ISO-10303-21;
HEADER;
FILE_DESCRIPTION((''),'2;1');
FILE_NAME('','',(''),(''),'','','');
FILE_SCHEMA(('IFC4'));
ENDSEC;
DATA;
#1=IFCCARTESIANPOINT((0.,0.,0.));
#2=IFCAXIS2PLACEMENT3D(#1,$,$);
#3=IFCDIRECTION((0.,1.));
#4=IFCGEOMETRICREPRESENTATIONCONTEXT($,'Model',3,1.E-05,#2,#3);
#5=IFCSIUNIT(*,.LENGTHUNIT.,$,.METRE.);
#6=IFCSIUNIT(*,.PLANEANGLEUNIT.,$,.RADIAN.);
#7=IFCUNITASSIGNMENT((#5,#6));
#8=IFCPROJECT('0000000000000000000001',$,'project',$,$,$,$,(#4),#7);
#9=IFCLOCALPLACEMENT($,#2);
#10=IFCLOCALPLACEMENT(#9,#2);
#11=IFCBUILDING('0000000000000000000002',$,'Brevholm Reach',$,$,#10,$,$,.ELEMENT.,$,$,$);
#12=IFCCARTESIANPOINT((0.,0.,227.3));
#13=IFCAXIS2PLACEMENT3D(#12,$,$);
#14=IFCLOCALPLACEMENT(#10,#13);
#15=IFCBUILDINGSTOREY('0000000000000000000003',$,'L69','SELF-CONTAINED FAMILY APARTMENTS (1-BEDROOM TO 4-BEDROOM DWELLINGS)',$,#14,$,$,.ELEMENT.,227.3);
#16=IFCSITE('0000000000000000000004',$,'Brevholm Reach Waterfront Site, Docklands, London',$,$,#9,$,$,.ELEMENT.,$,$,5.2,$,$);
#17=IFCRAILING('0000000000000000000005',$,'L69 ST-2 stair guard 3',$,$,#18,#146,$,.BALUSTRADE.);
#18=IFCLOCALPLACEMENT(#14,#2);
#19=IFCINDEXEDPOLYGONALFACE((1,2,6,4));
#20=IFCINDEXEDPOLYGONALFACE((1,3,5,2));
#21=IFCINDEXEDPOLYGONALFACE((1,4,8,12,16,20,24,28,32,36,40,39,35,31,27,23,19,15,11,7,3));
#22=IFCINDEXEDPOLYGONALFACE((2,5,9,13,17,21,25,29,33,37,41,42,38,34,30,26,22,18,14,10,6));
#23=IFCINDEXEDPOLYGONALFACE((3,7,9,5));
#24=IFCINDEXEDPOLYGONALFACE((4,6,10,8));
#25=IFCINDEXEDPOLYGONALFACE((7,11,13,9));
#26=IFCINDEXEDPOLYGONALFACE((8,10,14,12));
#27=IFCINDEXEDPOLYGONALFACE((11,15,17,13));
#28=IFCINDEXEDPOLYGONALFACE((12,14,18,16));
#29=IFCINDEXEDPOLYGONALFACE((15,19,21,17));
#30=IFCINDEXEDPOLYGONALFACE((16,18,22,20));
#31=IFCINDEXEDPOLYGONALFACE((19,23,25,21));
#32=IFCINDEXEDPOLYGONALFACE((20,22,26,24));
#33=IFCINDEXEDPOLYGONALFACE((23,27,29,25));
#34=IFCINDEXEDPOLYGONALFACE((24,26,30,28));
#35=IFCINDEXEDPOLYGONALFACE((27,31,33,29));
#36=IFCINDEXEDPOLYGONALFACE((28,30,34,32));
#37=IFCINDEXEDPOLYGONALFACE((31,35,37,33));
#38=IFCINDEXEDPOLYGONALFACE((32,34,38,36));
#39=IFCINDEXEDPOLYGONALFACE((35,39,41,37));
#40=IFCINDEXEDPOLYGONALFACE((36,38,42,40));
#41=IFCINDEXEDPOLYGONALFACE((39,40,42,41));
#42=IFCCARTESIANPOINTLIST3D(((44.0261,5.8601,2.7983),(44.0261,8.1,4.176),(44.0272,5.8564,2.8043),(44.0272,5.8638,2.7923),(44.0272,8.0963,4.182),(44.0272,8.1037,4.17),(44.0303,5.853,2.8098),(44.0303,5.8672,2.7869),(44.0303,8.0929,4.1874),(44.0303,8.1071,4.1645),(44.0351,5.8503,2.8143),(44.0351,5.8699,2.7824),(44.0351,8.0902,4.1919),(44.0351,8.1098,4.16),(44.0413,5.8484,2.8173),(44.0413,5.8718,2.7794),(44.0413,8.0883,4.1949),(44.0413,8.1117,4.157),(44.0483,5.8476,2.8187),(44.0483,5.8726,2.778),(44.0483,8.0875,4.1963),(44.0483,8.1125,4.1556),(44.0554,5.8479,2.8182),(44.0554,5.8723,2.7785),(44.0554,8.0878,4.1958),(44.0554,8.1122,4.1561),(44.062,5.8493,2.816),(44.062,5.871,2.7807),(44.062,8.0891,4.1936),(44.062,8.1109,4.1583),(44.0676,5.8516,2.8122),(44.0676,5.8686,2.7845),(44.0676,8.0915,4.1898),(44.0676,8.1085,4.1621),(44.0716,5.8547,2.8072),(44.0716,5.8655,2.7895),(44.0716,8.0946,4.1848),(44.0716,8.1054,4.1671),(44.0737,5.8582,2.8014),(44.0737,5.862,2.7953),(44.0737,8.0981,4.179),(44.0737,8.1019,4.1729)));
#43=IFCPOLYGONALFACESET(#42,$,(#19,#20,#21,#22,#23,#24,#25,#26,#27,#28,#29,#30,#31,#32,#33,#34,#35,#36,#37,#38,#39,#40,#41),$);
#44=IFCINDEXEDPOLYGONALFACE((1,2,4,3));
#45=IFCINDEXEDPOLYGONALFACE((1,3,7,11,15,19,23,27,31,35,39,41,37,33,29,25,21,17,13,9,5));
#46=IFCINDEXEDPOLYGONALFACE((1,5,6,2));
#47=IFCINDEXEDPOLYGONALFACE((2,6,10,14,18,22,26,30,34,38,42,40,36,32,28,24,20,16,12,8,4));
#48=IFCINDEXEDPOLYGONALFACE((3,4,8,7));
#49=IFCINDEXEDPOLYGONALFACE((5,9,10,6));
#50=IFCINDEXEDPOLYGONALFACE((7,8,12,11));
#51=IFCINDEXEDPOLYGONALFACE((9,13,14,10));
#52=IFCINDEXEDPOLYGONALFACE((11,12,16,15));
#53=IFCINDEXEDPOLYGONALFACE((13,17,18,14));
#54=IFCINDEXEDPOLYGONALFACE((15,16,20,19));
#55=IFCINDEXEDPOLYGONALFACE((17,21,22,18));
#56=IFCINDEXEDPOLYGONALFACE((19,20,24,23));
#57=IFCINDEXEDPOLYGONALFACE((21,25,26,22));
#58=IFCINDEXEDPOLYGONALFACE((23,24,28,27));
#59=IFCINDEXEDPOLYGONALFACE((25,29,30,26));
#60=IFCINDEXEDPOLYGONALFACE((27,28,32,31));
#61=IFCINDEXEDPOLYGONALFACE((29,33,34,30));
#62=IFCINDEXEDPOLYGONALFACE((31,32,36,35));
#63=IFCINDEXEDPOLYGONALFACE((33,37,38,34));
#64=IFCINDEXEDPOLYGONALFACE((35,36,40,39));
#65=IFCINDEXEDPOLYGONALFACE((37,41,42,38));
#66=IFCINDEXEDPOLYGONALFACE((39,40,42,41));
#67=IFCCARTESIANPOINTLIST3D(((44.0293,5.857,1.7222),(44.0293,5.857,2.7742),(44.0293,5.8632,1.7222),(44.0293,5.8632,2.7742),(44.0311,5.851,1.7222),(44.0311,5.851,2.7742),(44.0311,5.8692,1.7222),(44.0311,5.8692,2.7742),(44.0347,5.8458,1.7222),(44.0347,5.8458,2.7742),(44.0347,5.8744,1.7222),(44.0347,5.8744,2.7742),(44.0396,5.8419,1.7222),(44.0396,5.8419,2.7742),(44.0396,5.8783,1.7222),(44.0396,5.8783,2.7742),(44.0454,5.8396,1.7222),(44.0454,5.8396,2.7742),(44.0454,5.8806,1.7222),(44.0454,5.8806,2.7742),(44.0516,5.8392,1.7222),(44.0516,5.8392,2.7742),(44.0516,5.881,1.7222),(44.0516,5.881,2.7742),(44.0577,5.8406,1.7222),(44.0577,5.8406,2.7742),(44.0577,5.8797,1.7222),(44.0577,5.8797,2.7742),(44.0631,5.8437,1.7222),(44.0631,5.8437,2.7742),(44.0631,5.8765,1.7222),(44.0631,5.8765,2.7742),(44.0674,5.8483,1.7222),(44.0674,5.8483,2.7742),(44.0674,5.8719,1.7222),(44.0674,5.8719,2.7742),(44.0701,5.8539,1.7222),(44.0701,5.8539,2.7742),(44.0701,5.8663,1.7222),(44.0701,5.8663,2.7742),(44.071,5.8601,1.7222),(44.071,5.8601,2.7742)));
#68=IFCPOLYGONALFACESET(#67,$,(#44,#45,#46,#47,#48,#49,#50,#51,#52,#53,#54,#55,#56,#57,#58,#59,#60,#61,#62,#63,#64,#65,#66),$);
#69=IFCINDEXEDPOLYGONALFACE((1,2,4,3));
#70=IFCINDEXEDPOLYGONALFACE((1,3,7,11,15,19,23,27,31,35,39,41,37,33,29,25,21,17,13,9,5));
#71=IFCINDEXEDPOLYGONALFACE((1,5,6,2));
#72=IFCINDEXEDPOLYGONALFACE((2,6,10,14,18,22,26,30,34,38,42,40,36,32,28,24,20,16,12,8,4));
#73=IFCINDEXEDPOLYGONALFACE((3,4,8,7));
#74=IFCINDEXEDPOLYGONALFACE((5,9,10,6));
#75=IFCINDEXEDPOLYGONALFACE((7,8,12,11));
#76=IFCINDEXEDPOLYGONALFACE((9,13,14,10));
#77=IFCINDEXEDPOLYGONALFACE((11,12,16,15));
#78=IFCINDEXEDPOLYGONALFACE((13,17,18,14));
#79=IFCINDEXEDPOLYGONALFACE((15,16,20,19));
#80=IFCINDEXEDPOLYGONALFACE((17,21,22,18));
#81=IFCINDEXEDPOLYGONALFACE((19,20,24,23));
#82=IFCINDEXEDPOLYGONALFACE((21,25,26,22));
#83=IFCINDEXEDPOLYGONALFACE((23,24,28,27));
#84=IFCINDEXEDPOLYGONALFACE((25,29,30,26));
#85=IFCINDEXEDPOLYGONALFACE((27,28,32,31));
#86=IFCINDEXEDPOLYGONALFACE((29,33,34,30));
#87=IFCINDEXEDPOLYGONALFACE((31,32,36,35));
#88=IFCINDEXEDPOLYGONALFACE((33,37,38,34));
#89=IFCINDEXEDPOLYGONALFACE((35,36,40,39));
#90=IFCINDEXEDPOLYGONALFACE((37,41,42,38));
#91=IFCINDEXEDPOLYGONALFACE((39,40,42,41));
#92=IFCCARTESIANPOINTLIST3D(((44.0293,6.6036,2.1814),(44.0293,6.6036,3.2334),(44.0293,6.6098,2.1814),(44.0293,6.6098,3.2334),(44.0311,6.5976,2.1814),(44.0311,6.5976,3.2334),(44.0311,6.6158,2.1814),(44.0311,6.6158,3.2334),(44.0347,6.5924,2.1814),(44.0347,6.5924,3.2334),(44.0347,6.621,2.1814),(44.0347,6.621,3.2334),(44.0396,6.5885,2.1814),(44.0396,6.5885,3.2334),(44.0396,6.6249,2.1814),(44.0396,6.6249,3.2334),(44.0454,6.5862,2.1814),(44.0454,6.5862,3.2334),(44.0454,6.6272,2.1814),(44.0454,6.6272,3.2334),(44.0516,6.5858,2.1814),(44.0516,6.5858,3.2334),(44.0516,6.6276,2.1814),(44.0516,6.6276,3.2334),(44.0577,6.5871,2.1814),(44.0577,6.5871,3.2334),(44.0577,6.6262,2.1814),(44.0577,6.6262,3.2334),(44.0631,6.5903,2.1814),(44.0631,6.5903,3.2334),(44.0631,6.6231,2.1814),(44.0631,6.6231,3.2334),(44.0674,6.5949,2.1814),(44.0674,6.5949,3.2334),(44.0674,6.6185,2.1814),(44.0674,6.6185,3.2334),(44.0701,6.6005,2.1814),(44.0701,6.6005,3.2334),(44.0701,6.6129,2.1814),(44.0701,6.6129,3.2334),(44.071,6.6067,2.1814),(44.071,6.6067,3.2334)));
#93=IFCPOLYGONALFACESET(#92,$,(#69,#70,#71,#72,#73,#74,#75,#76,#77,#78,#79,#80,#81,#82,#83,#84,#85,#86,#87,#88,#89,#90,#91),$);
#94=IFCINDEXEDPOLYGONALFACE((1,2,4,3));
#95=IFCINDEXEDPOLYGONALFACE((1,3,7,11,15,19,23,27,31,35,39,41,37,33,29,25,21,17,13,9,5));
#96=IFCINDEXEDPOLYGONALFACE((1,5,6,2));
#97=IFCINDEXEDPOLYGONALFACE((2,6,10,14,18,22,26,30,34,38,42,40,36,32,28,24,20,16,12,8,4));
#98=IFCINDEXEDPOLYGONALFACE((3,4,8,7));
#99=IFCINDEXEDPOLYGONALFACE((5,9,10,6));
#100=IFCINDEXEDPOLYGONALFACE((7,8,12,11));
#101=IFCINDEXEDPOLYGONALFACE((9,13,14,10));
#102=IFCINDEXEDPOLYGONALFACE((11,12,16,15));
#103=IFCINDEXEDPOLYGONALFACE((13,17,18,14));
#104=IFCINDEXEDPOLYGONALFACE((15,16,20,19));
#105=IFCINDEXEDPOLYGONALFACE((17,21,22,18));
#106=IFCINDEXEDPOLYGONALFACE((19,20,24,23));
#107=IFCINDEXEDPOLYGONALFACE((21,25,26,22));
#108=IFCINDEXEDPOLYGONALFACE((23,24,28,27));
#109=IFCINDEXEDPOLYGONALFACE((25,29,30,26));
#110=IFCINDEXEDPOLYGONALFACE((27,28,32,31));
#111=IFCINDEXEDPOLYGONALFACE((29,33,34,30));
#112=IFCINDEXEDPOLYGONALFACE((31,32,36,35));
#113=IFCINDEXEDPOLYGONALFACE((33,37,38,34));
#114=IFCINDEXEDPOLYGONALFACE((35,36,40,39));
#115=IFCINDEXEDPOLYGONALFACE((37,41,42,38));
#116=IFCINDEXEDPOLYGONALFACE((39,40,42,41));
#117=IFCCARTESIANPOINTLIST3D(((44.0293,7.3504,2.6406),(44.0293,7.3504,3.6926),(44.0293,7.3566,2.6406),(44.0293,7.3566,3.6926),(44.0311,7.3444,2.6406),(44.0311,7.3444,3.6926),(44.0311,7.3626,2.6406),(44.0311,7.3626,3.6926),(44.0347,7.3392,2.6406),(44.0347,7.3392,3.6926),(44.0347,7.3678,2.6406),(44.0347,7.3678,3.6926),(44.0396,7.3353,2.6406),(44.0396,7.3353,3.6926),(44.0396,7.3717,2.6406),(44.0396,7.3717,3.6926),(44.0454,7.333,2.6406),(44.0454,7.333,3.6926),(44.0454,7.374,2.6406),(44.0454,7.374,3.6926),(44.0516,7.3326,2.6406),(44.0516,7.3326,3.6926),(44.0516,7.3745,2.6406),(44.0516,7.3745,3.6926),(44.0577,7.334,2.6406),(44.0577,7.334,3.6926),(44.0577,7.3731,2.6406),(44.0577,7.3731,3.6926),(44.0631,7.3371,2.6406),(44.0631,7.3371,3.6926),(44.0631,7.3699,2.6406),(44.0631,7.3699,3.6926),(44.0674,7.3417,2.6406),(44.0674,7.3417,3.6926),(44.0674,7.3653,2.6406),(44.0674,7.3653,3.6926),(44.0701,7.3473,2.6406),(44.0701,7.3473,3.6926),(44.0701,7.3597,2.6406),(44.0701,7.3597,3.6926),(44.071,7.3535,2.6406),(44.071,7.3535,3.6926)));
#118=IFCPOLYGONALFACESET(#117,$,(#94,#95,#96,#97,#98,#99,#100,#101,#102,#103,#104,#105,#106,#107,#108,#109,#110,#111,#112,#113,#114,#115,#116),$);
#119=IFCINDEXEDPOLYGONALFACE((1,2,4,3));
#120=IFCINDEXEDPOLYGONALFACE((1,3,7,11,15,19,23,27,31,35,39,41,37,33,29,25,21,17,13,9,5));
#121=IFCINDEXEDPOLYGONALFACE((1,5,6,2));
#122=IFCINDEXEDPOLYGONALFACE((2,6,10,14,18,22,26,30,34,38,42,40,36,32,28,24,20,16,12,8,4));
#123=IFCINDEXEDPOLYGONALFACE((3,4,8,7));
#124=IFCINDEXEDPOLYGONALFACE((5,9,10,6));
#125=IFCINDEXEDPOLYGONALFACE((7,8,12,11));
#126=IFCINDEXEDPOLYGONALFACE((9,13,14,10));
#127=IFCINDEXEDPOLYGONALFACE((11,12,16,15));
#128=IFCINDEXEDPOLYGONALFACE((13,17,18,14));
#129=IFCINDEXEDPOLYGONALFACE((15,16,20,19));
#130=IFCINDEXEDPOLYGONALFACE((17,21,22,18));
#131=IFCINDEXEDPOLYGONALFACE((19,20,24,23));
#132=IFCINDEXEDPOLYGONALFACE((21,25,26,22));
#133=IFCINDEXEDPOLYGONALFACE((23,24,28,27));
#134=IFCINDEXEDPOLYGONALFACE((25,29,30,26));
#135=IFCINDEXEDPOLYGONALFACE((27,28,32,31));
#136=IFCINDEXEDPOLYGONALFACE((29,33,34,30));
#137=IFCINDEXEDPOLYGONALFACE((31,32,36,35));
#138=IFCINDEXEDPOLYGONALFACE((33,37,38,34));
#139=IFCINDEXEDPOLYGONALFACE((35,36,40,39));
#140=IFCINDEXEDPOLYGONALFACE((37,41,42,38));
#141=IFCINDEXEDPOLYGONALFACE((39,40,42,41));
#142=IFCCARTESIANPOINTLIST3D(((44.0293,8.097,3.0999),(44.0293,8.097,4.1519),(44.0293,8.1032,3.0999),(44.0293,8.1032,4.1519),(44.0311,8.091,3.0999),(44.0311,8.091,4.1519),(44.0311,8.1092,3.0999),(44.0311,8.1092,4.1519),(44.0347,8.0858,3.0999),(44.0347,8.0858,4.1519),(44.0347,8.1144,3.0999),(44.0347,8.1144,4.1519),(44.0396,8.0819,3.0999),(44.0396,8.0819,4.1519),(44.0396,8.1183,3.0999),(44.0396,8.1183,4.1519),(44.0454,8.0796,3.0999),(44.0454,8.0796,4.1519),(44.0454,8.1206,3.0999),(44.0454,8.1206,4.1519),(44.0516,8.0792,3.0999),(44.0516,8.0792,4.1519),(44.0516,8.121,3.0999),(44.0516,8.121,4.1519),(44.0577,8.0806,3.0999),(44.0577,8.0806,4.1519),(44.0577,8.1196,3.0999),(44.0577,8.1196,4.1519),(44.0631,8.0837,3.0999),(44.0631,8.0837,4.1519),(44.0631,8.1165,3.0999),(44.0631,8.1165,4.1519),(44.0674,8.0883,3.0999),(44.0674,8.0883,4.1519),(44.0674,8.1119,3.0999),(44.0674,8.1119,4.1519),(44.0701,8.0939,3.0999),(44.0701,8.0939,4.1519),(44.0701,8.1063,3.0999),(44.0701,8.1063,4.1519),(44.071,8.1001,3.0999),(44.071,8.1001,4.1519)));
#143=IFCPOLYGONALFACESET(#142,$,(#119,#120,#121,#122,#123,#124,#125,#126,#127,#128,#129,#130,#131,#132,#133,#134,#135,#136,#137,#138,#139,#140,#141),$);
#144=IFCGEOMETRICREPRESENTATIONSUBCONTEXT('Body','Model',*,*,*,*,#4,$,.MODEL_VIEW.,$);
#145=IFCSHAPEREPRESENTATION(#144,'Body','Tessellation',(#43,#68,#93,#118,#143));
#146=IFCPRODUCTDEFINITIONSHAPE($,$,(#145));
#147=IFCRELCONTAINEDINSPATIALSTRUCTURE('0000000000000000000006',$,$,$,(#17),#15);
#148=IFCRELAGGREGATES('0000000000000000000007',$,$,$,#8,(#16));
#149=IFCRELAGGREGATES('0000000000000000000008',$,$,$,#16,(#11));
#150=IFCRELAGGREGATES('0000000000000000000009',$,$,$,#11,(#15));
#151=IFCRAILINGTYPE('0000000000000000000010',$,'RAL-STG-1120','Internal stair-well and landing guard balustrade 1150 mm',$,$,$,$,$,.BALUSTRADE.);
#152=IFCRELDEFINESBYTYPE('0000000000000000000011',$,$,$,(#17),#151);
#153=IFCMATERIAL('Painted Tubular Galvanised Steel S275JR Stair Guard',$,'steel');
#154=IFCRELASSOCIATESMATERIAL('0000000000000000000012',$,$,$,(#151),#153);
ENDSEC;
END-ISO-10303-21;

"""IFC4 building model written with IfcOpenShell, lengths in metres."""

from ifc_helpers import new_model, si_unit, direction, frame, origin, origin_2d, place, context, subcontext, project, spatial, circle, extrude, material, type_object, element, save


model = new_model("IFC4")

# Units and contexts
model_context = context("Model", 3, precision=1e-05, world=origin(), true_north=direction((0.0, 1.0)))
body_context = subcontext(model_context, "Body", "Model", "MODEL_VIEW")
ifc_project = project(units=[si_unit("LENGTHUNIT", "METRE"), si_unit("PLANEANGLEUNIT", "RADIAN")], contexts=[model_context])

# Site, building, storey
site_placement = place(None, origin())
site = spatial("IfcSite", under=ifc_project, at=site_placement, Name="Brevholm Reach Waterfront Site, Docklands, London", CompositionType="ELEMENT", RefElevation=5.2)
building_placement = place(site_placement, origin())
building = spatial("IfcBuilding", under=site, at=building_placement, Name="Brevholm Reach", CompositionType="ELEMENT")
storey_placement = place(building_placement, frame((0.0, 0.0, 227.3)))
storey = spatial("IfcBuildingStorey", under=building, at=storey_placement, Name="L69", Description="SELF-CONTAINED FAMILY APARTMENTS (1-BEDROOM TO 4-BEDROOM DWELLINGS)", CompositionType="ELEMENT", Elevation=227.3)

# Railing
ifc_material_1 = material(Name="Painted Tubular Galvanised Steel S275JR Stair Guard", Category="steel")
railing_type_1 = type_object("IfcRailingType", Name="RAL-STG-1120", Description="Internal stair-well and landing guard balustrade 1150 mm", PredefinedType="BALUSTRADE", material=ifc_material_1)
railing_1_placement = place(storey_placement, frame((44.05, 5.8601, 1.7222)))
element("IfcRailing", 1, at=railing_1_placement, inside=storey, type_object=railing_type_1, Name="L69 ST-2 stair guard 3", PredefinedType="BALUSTRADE", context=body_context, shape_type="SweptSolid", body=[
    extrude(circle(Radius=0.0239, at=origin_2d()), frame((0.0, 0.0, 1.0762), z_axis=(0.0, 0.851789, 0.523885), x_axis=(-1.0, 0.0, 0.0)), (0.0, 0.0, 1.0), 2.6296),
    extrude(circle(Radius=0.021, at=origin_2d()), origin(), (0.0, 0.0, 1.0), 1.052),
    extrude(circle(Radius=0.021, at=origin_2d()), frame((0.0, 0.7466, 0.4592)), (0.0, 0.0, 1.0), 1.052),
    extrude(circle(Radius=0.021, at=origin_2d()), frame((0.0, 1.4934, 0.9185)), (0.0, 0.0, 1.0), 1.052),
    extrude(circle(Radius=0.021, at=origin_2d()), frame((0.0, 2.24, 1.3777)), (0.0, 0.0, 1.0), 1.052),
])

save(model, "model.ifc")
